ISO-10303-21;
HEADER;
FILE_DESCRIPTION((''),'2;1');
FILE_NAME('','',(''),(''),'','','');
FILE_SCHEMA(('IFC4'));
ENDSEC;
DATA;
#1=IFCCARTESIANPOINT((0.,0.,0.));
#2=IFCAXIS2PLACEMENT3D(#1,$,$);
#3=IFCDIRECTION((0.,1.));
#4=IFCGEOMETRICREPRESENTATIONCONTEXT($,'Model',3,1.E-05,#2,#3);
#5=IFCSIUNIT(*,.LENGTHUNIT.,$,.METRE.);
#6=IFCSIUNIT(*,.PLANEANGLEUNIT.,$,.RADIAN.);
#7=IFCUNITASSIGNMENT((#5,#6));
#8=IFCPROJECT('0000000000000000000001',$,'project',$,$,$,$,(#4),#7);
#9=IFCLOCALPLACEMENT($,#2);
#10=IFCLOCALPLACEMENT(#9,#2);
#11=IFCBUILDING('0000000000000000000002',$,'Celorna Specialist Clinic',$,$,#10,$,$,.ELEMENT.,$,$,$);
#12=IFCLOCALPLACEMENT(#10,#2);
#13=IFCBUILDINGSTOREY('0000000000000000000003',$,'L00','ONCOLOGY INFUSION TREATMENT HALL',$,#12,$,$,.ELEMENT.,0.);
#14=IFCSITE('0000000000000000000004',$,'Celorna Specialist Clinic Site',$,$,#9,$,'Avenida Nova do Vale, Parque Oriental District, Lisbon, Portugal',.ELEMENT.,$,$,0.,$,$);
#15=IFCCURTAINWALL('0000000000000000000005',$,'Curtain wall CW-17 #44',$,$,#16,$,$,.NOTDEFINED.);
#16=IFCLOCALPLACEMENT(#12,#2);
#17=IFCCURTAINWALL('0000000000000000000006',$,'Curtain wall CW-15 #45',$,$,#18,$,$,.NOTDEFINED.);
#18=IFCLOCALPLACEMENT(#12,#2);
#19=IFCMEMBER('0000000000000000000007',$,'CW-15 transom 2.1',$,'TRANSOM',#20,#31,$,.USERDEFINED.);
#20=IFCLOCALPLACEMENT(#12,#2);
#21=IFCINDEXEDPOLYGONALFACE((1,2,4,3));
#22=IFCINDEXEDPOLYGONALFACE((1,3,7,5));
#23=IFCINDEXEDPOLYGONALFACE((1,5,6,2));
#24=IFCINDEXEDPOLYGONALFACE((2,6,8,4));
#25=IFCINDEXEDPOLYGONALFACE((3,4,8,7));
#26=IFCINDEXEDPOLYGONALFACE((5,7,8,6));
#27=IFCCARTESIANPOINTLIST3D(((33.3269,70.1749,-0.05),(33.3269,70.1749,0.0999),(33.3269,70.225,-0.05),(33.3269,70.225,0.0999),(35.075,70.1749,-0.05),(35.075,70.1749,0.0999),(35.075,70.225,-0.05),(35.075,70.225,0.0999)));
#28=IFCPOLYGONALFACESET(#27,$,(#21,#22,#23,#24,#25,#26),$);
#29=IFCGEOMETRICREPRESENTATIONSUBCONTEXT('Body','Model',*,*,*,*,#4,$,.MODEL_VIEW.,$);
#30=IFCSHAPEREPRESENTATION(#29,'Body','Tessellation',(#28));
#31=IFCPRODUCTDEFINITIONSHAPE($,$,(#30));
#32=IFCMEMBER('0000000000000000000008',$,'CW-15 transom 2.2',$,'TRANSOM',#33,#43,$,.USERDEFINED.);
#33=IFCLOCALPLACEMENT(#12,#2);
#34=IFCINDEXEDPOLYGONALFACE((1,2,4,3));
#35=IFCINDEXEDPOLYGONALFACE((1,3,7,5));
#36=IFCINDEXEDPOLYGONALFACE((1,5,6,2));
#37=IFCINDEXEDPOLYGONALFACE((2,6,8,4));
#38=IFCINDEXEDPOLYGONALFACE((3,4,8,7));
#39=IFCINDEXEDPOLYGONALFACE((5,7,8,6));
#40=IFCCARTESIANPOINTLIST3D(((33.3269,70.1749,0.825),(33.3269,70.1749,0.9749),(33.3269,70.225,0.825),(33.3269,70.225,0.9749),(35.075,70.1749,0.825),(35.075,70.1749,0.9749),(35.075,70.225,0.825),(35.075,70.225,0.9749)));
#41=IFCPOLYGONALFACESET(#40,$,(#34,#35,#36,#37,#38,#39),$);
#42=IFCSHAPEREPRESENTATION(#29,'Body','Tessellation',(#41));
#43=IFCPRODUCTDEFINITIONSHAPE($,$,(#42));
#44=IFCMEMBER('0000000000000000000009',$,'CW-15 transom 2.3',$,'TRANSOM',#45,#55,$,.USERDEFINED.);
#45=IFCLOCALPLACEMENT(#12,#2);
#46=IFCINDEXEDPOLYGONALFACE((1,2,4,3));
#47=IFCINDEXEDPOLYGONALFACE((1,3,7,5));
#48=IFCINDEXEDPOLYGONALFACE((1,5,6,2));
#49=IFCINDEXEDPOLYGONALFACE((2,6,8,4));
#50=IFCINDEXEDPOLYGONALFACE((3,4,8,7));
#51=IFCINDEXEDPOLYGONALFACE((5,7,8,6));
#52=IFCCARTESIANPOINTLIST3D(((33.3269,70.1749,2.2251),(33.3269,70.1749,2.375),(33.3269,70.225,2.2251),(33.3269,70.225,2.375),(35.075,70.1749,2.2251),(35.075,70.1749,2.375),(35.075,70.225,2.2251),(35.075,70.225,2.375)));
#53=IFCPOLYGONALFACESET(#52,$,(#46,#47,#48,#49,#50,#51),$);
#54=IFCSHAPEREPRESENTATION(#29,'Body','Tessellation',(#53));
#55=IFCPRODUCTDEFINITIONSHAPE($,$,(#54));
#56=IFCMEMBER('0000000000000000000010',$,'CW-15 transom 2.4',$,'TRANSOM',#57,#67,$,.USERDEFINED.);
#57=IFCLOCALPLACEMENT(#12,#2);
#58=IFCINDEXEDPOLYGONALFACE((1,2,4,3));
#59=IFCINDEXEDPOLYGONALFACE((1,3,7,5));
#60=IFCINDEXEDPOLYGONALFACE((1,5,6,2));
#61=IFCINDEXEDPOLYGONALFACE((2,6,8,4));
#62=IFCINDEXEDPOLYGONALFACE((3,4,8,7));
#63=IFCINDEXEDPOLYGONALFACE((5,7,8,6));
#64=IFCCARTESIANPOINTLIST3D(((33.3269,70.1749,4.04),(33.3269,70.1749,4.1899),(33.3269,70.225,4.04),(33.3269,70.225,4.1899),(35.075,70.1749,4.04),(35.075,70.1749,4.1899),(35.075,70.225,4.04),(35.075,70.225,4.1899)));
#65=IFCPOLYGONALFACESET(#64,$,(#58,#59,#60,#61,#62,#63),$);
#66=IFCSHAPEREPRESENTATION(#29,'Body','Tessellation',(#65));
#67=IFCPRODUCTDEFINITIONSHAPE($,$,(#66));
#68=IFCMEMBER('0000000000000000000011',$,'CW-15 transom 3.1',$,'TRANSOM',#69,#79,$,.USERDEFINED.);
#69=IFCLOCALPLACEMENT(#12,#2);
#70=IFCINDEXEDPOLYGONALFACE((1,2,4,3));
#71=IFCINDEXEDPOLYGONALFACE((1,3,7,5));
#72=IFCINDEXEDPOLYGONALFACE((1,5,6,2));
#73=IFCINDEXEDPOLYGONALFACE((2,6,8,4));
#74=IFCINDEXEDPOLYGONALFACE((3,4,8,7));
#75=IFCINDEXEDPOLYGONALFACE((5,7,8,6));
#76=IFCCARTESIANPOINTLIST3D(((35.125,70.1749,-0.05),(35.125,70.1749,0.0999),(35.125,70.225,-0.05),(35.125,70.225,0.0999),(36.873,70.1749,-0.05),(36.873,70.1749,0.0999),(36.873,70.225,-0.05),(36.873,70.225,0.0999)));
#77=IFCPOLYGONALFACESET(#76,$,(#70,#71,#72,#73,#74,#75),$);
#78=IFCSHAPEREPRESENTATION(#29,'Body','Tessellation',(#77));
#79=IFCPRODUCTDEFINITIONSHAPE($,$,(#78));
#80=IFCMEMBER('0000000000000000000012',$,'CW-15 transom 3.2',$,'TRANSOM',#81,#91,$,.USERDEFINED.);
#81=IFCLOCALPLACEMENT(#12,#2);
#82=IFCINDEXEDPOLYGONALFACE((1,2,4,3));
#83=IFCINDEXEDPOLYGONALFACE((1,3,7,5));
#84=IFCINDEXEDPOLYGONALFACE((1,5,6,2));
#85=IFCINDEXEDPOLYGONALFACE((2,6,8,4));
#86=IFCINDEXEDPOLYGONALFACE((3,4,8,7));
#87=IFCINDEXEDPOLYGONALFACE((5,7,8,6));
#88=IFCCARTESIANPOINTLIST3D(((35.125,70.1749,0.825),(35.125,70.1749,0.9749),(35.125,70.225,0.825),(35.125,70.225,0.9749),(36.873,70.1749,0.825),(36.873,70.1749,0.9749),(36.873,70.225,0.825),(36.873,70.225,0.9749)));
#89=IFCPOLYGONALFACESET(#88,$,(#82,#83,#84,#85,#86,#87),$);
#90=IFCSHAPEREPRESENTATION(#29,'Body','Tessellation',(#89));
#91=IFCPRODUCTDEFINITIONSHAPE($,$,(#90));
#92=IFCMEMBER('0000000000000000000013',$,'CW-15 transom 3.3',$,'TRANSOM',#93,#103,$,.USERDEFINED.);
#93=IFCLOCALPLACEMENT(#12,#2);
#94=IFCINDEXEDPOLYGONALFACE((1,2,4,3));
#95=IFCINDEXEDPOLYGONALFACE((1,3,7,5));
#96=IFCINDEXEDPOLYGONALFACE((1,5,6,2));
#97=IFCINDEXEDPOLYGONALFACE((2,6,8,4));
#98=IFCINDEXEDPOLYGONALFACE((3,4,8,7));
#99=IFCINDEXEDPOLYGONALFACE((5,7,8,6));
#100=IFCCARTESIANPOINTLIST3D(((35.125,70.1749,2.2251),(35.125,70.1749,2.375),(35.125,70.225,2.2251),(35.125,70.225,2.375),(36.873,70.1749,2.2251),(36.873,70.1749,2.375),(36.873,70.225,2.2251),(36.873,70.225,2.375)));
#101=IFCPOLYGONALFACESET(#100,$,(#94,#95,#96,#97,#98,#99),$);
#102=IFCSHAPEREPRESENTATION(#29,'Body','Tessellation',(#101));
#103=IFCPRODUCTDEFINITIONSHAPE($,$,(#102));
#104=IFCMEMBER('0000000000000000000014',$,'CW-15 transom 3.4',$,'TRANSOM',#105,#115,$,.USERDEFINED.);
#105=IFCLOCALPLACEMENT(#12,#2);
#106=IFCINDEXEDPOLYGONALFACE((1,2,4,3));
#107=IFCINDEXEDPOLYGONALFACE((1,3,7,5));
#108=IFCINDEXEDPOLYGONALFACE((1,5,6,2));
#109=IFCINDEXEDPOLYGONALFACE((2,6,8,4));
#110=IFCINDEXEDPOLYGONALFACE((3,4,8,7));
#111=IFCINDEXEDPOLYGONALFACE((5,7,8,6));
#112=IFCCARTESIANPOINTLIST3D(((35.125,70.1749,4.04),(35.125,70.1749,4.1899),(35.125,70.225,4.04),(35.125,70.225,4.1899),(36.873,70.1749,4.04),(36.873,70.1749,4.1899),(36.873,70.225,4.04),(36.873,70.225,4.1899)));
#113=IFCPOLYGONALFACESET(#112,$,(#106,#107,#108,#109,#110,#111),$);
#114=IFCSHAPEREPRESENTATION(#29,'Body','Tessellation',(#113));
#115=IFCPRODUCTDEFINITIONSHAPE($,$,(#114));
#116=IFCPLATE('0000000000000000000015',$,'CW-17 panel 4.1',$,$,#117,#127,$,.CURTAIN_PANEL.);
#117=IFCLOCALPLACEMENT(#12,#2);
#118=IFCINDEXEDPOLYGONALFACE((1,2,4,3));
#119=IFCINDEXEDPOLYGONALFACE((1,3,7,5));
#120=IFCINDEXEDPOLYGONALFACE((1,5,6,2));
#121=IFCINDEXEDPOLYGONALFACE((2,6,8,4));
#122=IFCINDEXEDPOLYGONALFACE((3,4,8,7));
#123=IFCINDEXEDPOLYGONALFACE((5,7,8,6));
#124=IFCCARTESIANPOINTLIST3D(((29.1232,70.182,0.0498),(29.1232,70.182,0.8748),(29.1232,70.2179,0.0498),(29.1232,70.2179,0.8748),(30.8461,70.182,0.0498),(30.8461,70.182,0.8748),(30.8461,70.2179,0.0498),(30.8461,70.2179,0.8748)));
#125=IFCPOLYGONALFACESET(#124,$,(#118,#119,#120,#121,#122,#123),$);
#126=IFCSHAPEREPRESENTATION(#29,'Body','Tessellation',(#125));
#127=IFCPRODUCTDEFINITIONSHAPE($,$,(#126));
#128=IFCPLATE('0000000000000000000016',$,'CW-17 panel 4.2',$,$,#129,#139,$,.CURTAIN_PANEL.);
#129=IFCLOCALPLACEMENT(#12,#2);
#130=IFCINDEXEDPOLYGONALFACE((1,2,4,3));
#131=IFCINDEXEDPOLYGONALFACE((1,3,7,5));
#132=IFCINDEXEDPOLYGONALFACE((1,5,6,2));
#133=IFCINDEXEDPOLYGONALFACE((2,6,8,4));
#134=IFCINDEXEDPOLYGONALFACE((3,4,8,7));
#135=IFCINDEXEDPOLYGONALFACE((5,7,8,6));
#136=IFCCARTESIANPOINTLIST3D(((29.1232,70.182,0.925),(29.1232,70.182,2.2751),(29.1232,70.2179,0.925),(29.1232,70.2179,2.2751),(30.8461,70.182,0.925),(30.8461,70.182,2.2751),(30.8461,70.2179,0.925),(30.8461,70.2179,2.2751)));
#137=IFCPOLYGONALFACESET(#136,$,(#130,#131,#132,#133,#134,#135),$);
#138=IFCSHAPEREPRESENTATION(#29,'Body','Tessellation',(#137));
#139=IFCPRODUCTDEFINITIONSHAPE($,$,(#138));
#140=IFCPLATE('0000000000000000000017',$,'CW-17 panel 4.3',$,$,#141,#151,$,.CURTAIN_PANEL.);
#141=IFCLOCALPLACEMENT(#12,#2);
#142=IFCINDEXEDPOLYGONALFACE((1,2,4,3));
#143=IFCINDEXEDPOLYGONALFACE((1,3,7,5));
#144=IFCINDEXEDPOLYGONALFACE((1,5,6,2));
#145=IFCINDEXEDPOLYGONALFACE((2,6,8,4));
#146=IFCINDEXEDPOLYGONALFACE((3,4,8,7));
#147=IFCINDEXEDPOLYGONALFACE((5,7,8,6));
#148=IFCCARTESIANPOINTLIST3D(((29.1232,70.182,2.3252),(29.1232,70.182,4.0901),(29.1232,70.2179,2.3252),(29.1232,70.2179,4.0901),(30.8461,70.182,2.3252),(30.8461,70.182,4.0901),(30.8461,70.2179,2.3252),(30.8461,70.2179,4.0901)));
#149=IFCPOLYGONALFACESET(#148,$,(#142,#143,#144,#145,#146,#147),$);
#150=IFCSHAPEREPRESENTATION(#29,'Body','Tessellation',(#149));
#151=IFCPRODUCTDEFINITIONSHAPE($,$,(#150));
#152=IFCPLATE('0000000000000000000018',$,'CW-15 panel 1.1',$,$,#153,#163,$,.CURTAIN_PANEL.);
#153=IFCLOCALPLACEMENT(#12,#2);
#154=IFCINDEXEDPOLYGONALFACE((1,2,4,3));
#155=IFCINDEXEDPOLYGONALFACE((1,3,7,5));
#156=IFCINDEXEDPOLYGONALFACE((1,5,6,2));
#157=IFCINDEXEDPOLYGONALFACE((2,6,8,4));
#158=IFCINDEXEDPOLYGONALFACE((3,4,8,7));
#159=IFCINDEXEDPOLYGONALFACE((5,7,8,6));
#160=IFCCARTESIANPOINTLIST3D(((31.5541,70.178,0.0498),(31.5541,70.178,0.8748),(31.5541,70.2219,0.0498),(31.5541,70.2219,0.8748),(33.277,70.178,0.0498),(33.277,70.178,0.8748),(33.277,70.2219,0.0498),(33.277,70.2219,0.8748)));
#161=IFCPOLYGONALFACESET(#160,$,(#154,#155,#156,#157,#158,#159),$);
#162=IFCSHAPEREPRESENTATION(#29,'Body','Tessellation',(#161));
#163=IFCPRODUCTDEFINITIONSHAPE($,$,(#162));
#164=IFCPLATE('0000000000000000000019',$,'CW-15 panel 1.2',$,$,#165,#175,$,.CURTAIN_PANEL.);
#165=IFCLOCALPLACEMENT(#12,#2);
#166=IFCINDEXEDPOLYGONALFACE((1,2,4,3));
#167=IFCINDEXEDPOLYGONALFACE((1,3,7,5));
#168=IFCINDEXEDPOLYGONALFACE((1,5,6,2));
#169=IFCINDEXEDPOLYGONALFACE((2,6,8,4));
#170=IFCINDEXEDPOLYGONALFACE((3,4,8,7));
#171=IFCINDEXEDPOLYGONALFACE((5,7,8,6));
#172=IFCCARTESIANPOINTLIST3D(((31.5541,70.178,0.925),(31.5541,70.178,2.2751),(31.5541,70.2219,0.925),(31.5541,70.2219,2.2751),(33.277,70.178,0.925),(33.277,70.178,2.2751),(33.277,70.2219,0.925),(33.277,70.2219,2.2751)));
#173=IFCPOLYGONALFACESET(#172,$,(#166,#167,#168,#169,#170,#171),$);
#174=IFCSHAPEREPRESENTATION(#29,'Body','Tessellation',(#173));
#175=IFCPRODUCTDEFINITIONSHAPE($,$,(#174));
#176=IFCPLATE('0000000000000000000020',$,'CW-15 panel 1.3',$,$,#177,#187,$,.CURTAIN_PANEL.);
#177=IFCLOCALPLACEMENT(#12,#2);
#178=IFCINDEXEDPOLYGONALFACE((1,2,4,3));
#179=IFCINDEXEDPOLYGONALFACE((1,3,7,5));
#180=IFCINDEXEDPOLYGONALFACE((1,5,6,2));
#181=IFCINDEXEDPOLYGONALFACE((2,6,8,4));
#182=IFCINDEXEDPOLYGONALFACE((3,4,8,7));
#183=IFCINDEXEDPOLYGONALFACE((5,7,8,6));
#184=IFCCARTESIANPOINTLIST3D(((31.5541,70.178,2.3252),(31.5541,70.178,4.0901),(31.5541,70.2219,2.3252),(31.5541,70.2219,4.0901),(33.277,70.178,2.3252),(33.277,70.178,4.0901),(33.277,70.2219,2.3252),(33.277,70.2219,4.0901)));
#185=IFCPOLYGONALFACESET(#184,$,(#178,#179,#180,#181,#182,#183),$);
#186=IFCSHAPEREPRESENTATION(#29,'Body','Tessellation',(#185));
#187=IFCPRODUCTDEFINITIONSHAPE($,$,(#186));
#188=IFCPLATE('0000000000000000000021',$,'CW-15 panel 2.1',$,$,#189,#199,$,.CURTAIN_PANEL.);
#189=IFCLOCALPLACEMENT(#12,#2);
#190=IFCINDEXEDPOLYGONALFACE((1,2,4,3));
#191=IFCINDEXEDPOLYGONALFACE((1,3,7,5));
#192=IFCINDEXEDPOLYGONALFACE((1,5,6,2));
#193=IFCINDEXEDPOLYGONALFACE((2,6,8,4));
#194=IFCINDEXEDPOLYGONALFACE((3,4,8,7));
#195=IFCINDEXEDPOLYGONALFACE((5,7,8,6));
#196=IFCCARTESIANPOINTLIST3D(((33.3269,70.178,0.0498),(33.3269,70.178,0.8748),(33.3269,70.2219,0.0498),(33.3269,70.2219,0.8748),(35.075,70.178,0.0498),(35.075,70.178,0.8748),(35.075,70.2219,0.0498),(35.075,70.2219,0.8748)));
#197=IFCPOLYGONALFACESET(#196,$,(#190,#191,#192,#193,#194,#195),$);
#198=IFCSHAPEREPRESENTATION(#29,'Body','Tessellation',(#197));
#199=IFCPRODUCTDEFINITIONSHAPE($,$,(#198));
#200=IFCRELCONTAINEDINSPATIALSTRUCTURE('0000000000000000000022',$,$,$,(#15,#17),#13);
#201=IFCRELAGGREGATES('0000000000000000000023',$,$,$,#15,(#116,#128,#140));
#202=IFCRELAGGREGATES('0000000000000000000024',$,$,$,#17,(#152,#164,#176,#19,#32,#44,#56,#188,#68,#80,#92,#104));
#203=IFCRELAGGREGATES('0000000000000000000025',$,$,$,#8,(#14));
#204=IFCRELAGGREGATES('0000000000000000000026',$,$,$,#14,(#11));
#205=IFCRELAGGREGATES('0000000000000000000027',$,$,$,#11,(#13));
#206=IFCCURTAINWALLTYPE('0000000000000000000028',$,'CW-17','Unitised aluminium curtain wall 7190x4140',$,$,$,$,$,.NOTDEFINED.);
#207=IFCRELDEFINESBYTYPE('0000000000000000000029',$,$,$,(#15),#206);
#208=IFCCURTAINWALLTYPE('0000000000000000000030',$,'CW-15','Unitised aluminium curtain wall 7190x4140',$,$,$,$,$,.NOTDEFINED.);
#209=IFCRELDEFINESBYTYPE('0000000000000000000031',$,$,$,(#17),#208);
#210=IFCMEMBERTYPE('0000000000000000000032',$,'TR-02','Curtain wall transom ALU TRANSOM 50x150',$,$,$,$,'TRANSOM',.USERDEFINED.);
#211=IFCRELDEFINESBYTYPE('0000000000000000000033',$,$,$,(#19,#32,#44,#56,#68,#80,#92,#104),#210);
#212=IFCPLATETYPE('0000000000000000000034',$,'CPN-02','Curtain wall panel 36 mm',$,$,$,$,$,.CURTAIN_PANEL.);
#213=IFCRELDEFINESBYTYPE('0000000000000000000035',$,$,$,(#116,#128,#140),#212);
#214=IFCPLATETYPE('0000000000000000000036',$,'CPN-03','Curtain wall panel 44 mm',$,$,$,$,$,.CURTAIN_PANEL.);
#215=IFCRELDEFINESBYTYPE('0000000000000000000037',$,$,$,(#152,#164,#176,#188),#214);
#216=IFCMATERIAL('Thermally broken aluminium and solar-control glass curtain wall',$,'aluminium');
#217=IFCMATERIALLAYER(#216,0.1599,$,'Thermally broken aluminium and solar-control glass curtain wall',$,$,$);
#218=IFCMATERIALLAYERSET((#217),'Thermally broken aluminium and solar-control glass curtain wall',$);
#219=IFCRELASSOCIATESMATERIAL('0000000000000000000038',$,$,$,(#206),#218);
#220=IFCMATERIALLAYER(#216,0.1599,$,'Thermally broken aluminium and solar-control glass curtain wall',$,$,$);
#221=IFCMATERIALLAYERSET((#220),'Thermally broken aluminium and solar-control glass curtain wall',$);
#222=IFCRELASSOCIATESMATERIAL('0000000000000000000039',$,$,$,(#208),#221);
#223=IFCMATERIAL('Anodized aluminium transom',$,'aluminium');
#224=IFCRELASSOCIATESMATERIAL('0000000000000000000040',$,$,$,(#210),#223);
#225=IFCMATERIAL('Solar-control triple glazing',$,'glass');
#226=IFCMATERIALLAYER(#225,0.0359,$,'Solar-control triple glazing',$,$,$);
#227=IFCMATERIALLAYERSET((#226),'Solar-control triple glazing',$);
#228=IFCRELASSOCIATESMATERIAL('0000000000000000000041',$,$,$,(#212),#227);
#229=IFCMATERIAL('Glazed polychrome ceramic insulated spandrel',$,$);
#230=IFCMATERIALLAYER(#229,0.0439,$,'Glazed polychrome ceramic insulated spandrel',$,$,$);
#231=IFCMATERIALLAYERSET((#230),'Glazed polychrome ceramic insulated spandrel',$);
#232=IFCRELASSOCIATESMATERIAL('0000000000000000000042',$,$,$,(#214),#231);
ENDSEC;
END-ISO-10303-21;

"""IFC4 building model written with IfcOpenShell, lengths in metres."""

from ifc_helpers import new_model, si_unit, direction, frame, origin, origin_2d, place, context, subcontext, project, spatial, rectangle, extrude, material, layer, layer_set, material_profile, profile_set, type_object, element, aggregate, save


model = new_model("IFC4")

# Units and contexts
model_context = context("Model", 3, precision=1e-05, world=origin(), true_north=direction((0.0, 1.0)))
body_context = subcontext(model_context, "Body", "Model", "MODEL_VIEW")
ifc_project = project(units=[si_unit("LENGTHUNIT", "METRE"), si_unit("PLANEANGLEUNIT", "RADIAN")], contexts=[model_context])

# Site, building, storey
site_placement = place(None, origin())
site = spatial("IfcSite", under=ifc_project, at=site_placement, Name="Celorna Specialist Clinic Site", LongName="Avenida Nova do Vale, Parque Oriental District, Lisbon, Portugal", CompositionType="ELEMENT", RefElevation=0.0)
building_placement = place(site_placement, origin())
building = spatial("IfcBuilding", under=site, at=building_placement, Name="Celorna Specialist Clinic", CompositionType="ELEMENT")
storey_placement = place(building_placement, origin())
storey = spatial("IfcBuildingStorey", under=building, at=storey_placement, Name="L00", Description="ONCOLOGY INFUSION TREATMENT HALL", CompositionType="ELEMENT", Elevation=0.0)

# Curtain wall
ifc_material_1 = material(Name="Thermally broken aluminium and solar-control glass curtain wall", Category="aluminium")
ifc_layer_1 = layer(ifc_material_1, 0.1599, Name="Thermally broken aluminium and solar-control glass curtain wall")
ifc_layer_set_1 = layer_set([ifc_layer_1], Name="Thermally broken aluminium and solar-control glass curtain wall")
curtain_wall_type_1 = type_object("IfcCurtainWallType", Name="CW-17", Description="Unitised aluminium curtain wall 7190x4140", PredefinedType="NOTDEFINED", material=ifc_layer_set_1)
curtain_wall_1_placement = place(storey_placement, origin())
curtain_wall_1 = element("IfcCurtainWall", 1, at=curtain_wall_1_placement, inside=storey, type_object=curtain_wall_type_1, Name="Curtain wall CW-17 #44", PredefinedType="NOTDEFINED")

# Curtain wall
ifc_layer_2 = layer(ifc_material_1, 0.1599, Name="Thermally broken aluminium and solar-control glass curtain wall")
ifc_layer_set_2 = layer_set([ifc_layer_2], Name="Thermally broken aluminium and solar-control glass curtain wall")
curtain_wall_type_2 = type_object("IfcCurtainWallType", Name="CW-15", Description="Unitised aluminium curtain wall 7190x4140", PredefinedType="NOTDEFINED", material=ifc_layer_set_2)
curtain_wall_2_placement = place(storey_placement, origin())
curtain_wall_2 = element("IfcCurtainWall", 2, at=curtain_wall_2_placement, inside=storey, type_object=curtain_wall_type_2, Name="Curtain wall CW-15 #45", PredefinedType="NOTDEFINED")

# Members
ifc_material_2 = material(Name="Anodized aluminium transom", Category="aluminium")
ifc_material_profile_1 = material_profile(ifc_material_2, rectangle(XDim=0.05, YDim=0.1499, at=origin_2d()), Name="ALU TRANSOM 50x150")
ifc_profile_set_1 = profile_set([ifc_material_profile_1], Name="Anodized aluminium transom")
member_type_1 = type_object("IfcMemberType", Name="TR-02", Description="Curtain wall transom ALU TRANSOM 50x150", ElementType="TRANSOM", PredefinedType="USERDEFINED", material=ifc_profile_set_1)
member_1_placement = place(storey_placement, frame((33.3269, 70.2, 0.0249), z_axis=(1.0, 0.0, 0.0), x_axis=(0.0, 1.0, 0.0)))
member_1 = element("IfcMember", 3, at=member_1_placement, type_object=member_type_1, Name="CW-15 transom 2.1", ObjectType="TRANSOM", PredefinedType="USERDEFINED", context=body_context, shape_type="SweptSolid", body=[
    extrude(rectangle(XDim=0.05, YDim=0.1499, at=origin_2d()), origin(), (0.0, 0.0, 1.0), 1.748),
])
member_2_placement = place(storey_placement, frame((33.3269, 70.2, 0.8999), z_axis=(1.0, 0.0, 0.0), x_axis=(0.0, 1.0, 0.0)))
member_2 = element("IfcMember", 4, at=member_2_placement, type_object=member_type_1, Name="CW-15 transom 2.2", ObjectType="TRANSOM", PredefinedType="USERDEFINED", context=body_context, shape_type="SweptSolid", body=[
    extrude(rectangle(XDim=0.05, YDim=0.1499, at=origin_2d()), origin(), (0.0, 0.0, 1.0), 1.748),
])
member_3_placement = place(storey_placement, frame((33.3269, 70.2, 2.3), z_axis=(1.0, 0.0, 0.0), x_axis=(0.0, 1.0, 0.0)))
member_3 = element("IfcMember", 5, at=member_3_placement, type_object=member_type_1, Name="CW-15 transom 2.3", ObjectType="TRANSOM", PredefinedType="USERDEFINED", context=body_context, shape_type="SweptSolid", body=[
    extrude(rectangle(XDim=0.05, YDim=0.1499, at=origin_2d()), origin(), (0.0, 0.0, 1.0), 1.748),
])
member_4_placement = place(storey_placement, frame((33.3269, 70.2, 4.115), z_axis=(1.0, 0.0, 0.0), x_axis=(0.0, 1.0, 0.0)))
member_4 = element("IfcMember", 6, at=member_4_placement, type_object=member_type_1, Name="CW-15 transom 2.4", ObjectType="TRANSOM", PredefinedType="USERDEFINED", context=body_context, shape_type="SweptSolid", body=[
    extrude(rectangle(XDim=0.05, YDim=0.1499, at=origin_2d()), origin(), (0.0, 0.0, 1.0), 1.748),
])
member_5_placement = place(storey_placement, frame((35.125, 70.2, 0.0249), z_axis=(1.0, 0.0, 0.0), x_axis=(0.0, 1.0, 0.0)))
member_5 = element("IfcMember", 7, at=member_5_placement, type_object=member_type_1, Name="CW-15 transom 3.1", ObjectType="TRANSOM", PredefinedType="USERDEFINED", context=body_context, shape_type="SweptSolid", body=[
    extrude(rectangle(XDim=0.05, YDim=0.1499, at=origin_2d()), origin(), (0.0, 0.0, 1.0), 1.748),
])
member_6_placement = place(storey_placement, frame((35.125, 70.2, 0.8999), z_axis=(1.0, 0.0, 0.0), x_axis=(0.0, 1.0, 0.0)))
member_6 = element("IfcMember", 8, at=member_6_placement, type_object=member_type_1, Name="CW-15 transom 3.2", ObjectType="TRANSOM", PredefinedType="USERDEFINED", context=body_context, shape_type="SweptSolid", body=[
    extrude(rectangle(XDim=0.05, YDim=0.1499, at=origin_2d()), origin(), (0.0, 0.0, 1.0), 1.748),
])
member_7_placement = place(storey_placement, frame((35.125, 70.2, 2.3), z_axis=(1.0, 0.0, 0.0), x_axis=(0.0, 1.0, 0.0)))
member_7 = element("IfcMember", 9, at=member_7_placement, type_object=member_type_1, Name="CW-15 transom 3.3", ObjectType="TRANSOM", PredefinedType="USERDEFINED", context=body_context, shape_type="SweptSolid", body=[
    extrude(rectangle(XDim=0.05, YDim=0.1499, at=origin_2d()), origin(), (0.0, 0.0, 1.0), 1.748),
])
member_8_placement = place(storey_placement, frame((35.125, 70.2, 4.115), z_axis=(1.0, 0.0, 0.0), x_axis=(0.0, 1.0, 0.0)))
member_8 = element("IfcMember", 10, at=member_8_placement, type_object=member_type_1, Name="CW-15 transom 3.4", ObjectType="TRANSOM", PredefinedType="USERDEFINED", context=body_context, shape_type="SweptSolid", body=[
    extrude(rectangle(XDim=0.05, YDim=0.1499, at=origin_2d()), origin(), (0.0, 0.0, 1.0), 1.748),
])

# Plates
ifc_material_3 = material(Name="Solar-control triple glazing", Category="glass")
ifc_layer_3 = layer(ifc_material_3, 0.0359, Name="Solar-control triple glazing")
ifc_layer_set_3 = layer_set([ifc_layer_3], Name="Solar-control triple glazing")
plate_type_1 = type_object("IfcPlateType", Name="CPN-02", Description="Curtain wall panel 36 mm", PredefinedType="CURTAIN_PANEL", material=ifc_layer_set_3)
plate_1_placement = place(storey_placement, frame((29.9846, 70.2, 0.0498), z_axis=(0.0, 0.0, 1.0), x_axis=(1.0, 0.0, 0.0)))
plate_1 = element("IfcPlate", 11, at=plate_1_placement, type_object=plate_type_1, Name="CW-17 panel 4.1", PredefinedType="CURTAIN_PANEL", context=body_context, shape_type="SweptSolid", body=[
    extrude(rectangle(XDim=1.7229, YDim=0.0359, at=origin_2d()), origin(), (0.0, 0.0, 1.0), 0.825),
])
plate_2_placement = place(storey_placement, frame((29.9846, 70.2, 0.925), z_axis=(0.0, 0.0, 1.0), x_axis=(1.0, 0.0, 0.0)))
plate_2 = element("IfcPlate", 12, at=plate_2_placement, type_object=plate_type_1, Name="CW-17 panel 4.2", PredefinedType="CURTAIN_PANEL", context=body_context, shape_type="SweptSolid", body=[
    extrude(rectangle(XDim=1.7229, YDim=0.0359, at=origin_2d()), origin(), (0.0, 0.0, 1.0), 1.3501),
])
plate_3_placement = place(storey_placement, frame((29.9846, 70.2, 2.3252), z_axis=(0.0, 0.0, 1.0), x_axis=(1.0, 0.0, 0.0)))
plate_3 = element("IfcPlate", 13, at=plate_3_placement, type_object=plate_type_1, Name="CW-17 panel 4.3", PredefinedType="CURTAIN_PANEL", context=body_context, shape_type="SweptSolid", body=[
    extrude(rectangle(XDim=1.7229, YDim=0.0359, at=origin_2d()), origin(), (0.0, 0.0, 1.0), 1.7649),
])
aggregate(curtain_wall_1, [plate_1, plate_2, plate_3])
ifc_material_4 = material(Name="Glazed polychrome ceramic insulated spandrel")
ifc_layer_4 = layer(ifc_material_4, 0.0439, Name="Glazed polychrome ceramic insulated spandrel")
ifc_layer_set_4 = layer_set([ifc_layer_4], Name="Glazed polychrome ceramic insulated spandrel")
plate_type_2 = type_object("IfcPlateType", Name="CPN-03", Description="Curtain wall panel 44 mm", PredefinedType="CURTAIN_PANEL", material=ifc_layer_set_4)
plate_4_placement = place(storey_placement, frame((32.4155, 70.2, 0.0498), z_axis=(0.0, 0.0, 1.0), x_axis=(1.0, 0.0, 0.0)))
plate_4 = element("IfcPlate", 14, at=plate_4_placement, type_object=plate_type_2, Name="CW-15 panel 1.1", PredefinedType="CURTAIN_PANEL", context=body_context, shape_type="SweptSolid", body=[
    extrude(rectangle(XDim=1.7229, YDim=0.0439, at=origin_2d()), origin(), (0.0, 0.0, 1.0), 0.825),
])
plate_5_placement = place(storey_placement, frame((32.4155, 70.2, 0.925), z_axis=(0.0, 0.0, 1.0), x_axis=(1.0, 0.0, 0.0)))
plate_5 = element("IfcPlate", 15, at=plate_5_placement, type_object=plate_type_2, Name="CW-15 panel 1.2", PredefinedType="CURTAIN_PANEL", context=body_context, shape_type="SweptSolid", body=[
    extrude(rectangle(XDim=1.7229, YDim=0.0439, at=origin_2d()), origin(), (0.0, 0.0, 1.0), 1.3501),
])
plate_6_placement = place(storey_placement, frame((32.4155, 70.2, 2.3252), z_axis=(0.0, 0.0, 1.0), x_axis=(1.0, 0.0, 0.0)))
plate_6 = element("IfcPlate", 16, at=plate_6_placement, type_object=plate_type_2, Name="CW-15 panel 1.3", PredefinedType="CURTAIN_PANEL", context=body_context, shape_type="SweptSolid", body=[
    extrude(rectangle(XDim=1.7229, YDim=0.0439, at=origin_2d()), origin(), (0.0, 0.0, 1.0), 1.7649),
])
plate_7_placement = place(storey_placement, frame((34.2009, 70.2, 0.0498), z_axis=(0.0, 0.0, 1.0), x_axis=(1.0, 0.0, 0.0)))
plate_7 = element("IfcPlate", 17, at=plate_7_placement, type_object=plate_type_2, Name="CW-15 panel 2.1", PredefinedType="CURTAIN_PANEL", context=body_context, shape_type="SweptSolid", body=[
    extrude(rectangle(XDim=1.748, YDim=0.0439, at=origin_2d()), origin(), (0.0, 0.0, 1.0), 0.825),
])
aggregate(curtain_wall_2, [plate_4, plate_5, plate_6, member_1, member_2, member_3, member_4, plate_7, member_5, member_6, member_7, member_8])

save(model, "model.ifc")
